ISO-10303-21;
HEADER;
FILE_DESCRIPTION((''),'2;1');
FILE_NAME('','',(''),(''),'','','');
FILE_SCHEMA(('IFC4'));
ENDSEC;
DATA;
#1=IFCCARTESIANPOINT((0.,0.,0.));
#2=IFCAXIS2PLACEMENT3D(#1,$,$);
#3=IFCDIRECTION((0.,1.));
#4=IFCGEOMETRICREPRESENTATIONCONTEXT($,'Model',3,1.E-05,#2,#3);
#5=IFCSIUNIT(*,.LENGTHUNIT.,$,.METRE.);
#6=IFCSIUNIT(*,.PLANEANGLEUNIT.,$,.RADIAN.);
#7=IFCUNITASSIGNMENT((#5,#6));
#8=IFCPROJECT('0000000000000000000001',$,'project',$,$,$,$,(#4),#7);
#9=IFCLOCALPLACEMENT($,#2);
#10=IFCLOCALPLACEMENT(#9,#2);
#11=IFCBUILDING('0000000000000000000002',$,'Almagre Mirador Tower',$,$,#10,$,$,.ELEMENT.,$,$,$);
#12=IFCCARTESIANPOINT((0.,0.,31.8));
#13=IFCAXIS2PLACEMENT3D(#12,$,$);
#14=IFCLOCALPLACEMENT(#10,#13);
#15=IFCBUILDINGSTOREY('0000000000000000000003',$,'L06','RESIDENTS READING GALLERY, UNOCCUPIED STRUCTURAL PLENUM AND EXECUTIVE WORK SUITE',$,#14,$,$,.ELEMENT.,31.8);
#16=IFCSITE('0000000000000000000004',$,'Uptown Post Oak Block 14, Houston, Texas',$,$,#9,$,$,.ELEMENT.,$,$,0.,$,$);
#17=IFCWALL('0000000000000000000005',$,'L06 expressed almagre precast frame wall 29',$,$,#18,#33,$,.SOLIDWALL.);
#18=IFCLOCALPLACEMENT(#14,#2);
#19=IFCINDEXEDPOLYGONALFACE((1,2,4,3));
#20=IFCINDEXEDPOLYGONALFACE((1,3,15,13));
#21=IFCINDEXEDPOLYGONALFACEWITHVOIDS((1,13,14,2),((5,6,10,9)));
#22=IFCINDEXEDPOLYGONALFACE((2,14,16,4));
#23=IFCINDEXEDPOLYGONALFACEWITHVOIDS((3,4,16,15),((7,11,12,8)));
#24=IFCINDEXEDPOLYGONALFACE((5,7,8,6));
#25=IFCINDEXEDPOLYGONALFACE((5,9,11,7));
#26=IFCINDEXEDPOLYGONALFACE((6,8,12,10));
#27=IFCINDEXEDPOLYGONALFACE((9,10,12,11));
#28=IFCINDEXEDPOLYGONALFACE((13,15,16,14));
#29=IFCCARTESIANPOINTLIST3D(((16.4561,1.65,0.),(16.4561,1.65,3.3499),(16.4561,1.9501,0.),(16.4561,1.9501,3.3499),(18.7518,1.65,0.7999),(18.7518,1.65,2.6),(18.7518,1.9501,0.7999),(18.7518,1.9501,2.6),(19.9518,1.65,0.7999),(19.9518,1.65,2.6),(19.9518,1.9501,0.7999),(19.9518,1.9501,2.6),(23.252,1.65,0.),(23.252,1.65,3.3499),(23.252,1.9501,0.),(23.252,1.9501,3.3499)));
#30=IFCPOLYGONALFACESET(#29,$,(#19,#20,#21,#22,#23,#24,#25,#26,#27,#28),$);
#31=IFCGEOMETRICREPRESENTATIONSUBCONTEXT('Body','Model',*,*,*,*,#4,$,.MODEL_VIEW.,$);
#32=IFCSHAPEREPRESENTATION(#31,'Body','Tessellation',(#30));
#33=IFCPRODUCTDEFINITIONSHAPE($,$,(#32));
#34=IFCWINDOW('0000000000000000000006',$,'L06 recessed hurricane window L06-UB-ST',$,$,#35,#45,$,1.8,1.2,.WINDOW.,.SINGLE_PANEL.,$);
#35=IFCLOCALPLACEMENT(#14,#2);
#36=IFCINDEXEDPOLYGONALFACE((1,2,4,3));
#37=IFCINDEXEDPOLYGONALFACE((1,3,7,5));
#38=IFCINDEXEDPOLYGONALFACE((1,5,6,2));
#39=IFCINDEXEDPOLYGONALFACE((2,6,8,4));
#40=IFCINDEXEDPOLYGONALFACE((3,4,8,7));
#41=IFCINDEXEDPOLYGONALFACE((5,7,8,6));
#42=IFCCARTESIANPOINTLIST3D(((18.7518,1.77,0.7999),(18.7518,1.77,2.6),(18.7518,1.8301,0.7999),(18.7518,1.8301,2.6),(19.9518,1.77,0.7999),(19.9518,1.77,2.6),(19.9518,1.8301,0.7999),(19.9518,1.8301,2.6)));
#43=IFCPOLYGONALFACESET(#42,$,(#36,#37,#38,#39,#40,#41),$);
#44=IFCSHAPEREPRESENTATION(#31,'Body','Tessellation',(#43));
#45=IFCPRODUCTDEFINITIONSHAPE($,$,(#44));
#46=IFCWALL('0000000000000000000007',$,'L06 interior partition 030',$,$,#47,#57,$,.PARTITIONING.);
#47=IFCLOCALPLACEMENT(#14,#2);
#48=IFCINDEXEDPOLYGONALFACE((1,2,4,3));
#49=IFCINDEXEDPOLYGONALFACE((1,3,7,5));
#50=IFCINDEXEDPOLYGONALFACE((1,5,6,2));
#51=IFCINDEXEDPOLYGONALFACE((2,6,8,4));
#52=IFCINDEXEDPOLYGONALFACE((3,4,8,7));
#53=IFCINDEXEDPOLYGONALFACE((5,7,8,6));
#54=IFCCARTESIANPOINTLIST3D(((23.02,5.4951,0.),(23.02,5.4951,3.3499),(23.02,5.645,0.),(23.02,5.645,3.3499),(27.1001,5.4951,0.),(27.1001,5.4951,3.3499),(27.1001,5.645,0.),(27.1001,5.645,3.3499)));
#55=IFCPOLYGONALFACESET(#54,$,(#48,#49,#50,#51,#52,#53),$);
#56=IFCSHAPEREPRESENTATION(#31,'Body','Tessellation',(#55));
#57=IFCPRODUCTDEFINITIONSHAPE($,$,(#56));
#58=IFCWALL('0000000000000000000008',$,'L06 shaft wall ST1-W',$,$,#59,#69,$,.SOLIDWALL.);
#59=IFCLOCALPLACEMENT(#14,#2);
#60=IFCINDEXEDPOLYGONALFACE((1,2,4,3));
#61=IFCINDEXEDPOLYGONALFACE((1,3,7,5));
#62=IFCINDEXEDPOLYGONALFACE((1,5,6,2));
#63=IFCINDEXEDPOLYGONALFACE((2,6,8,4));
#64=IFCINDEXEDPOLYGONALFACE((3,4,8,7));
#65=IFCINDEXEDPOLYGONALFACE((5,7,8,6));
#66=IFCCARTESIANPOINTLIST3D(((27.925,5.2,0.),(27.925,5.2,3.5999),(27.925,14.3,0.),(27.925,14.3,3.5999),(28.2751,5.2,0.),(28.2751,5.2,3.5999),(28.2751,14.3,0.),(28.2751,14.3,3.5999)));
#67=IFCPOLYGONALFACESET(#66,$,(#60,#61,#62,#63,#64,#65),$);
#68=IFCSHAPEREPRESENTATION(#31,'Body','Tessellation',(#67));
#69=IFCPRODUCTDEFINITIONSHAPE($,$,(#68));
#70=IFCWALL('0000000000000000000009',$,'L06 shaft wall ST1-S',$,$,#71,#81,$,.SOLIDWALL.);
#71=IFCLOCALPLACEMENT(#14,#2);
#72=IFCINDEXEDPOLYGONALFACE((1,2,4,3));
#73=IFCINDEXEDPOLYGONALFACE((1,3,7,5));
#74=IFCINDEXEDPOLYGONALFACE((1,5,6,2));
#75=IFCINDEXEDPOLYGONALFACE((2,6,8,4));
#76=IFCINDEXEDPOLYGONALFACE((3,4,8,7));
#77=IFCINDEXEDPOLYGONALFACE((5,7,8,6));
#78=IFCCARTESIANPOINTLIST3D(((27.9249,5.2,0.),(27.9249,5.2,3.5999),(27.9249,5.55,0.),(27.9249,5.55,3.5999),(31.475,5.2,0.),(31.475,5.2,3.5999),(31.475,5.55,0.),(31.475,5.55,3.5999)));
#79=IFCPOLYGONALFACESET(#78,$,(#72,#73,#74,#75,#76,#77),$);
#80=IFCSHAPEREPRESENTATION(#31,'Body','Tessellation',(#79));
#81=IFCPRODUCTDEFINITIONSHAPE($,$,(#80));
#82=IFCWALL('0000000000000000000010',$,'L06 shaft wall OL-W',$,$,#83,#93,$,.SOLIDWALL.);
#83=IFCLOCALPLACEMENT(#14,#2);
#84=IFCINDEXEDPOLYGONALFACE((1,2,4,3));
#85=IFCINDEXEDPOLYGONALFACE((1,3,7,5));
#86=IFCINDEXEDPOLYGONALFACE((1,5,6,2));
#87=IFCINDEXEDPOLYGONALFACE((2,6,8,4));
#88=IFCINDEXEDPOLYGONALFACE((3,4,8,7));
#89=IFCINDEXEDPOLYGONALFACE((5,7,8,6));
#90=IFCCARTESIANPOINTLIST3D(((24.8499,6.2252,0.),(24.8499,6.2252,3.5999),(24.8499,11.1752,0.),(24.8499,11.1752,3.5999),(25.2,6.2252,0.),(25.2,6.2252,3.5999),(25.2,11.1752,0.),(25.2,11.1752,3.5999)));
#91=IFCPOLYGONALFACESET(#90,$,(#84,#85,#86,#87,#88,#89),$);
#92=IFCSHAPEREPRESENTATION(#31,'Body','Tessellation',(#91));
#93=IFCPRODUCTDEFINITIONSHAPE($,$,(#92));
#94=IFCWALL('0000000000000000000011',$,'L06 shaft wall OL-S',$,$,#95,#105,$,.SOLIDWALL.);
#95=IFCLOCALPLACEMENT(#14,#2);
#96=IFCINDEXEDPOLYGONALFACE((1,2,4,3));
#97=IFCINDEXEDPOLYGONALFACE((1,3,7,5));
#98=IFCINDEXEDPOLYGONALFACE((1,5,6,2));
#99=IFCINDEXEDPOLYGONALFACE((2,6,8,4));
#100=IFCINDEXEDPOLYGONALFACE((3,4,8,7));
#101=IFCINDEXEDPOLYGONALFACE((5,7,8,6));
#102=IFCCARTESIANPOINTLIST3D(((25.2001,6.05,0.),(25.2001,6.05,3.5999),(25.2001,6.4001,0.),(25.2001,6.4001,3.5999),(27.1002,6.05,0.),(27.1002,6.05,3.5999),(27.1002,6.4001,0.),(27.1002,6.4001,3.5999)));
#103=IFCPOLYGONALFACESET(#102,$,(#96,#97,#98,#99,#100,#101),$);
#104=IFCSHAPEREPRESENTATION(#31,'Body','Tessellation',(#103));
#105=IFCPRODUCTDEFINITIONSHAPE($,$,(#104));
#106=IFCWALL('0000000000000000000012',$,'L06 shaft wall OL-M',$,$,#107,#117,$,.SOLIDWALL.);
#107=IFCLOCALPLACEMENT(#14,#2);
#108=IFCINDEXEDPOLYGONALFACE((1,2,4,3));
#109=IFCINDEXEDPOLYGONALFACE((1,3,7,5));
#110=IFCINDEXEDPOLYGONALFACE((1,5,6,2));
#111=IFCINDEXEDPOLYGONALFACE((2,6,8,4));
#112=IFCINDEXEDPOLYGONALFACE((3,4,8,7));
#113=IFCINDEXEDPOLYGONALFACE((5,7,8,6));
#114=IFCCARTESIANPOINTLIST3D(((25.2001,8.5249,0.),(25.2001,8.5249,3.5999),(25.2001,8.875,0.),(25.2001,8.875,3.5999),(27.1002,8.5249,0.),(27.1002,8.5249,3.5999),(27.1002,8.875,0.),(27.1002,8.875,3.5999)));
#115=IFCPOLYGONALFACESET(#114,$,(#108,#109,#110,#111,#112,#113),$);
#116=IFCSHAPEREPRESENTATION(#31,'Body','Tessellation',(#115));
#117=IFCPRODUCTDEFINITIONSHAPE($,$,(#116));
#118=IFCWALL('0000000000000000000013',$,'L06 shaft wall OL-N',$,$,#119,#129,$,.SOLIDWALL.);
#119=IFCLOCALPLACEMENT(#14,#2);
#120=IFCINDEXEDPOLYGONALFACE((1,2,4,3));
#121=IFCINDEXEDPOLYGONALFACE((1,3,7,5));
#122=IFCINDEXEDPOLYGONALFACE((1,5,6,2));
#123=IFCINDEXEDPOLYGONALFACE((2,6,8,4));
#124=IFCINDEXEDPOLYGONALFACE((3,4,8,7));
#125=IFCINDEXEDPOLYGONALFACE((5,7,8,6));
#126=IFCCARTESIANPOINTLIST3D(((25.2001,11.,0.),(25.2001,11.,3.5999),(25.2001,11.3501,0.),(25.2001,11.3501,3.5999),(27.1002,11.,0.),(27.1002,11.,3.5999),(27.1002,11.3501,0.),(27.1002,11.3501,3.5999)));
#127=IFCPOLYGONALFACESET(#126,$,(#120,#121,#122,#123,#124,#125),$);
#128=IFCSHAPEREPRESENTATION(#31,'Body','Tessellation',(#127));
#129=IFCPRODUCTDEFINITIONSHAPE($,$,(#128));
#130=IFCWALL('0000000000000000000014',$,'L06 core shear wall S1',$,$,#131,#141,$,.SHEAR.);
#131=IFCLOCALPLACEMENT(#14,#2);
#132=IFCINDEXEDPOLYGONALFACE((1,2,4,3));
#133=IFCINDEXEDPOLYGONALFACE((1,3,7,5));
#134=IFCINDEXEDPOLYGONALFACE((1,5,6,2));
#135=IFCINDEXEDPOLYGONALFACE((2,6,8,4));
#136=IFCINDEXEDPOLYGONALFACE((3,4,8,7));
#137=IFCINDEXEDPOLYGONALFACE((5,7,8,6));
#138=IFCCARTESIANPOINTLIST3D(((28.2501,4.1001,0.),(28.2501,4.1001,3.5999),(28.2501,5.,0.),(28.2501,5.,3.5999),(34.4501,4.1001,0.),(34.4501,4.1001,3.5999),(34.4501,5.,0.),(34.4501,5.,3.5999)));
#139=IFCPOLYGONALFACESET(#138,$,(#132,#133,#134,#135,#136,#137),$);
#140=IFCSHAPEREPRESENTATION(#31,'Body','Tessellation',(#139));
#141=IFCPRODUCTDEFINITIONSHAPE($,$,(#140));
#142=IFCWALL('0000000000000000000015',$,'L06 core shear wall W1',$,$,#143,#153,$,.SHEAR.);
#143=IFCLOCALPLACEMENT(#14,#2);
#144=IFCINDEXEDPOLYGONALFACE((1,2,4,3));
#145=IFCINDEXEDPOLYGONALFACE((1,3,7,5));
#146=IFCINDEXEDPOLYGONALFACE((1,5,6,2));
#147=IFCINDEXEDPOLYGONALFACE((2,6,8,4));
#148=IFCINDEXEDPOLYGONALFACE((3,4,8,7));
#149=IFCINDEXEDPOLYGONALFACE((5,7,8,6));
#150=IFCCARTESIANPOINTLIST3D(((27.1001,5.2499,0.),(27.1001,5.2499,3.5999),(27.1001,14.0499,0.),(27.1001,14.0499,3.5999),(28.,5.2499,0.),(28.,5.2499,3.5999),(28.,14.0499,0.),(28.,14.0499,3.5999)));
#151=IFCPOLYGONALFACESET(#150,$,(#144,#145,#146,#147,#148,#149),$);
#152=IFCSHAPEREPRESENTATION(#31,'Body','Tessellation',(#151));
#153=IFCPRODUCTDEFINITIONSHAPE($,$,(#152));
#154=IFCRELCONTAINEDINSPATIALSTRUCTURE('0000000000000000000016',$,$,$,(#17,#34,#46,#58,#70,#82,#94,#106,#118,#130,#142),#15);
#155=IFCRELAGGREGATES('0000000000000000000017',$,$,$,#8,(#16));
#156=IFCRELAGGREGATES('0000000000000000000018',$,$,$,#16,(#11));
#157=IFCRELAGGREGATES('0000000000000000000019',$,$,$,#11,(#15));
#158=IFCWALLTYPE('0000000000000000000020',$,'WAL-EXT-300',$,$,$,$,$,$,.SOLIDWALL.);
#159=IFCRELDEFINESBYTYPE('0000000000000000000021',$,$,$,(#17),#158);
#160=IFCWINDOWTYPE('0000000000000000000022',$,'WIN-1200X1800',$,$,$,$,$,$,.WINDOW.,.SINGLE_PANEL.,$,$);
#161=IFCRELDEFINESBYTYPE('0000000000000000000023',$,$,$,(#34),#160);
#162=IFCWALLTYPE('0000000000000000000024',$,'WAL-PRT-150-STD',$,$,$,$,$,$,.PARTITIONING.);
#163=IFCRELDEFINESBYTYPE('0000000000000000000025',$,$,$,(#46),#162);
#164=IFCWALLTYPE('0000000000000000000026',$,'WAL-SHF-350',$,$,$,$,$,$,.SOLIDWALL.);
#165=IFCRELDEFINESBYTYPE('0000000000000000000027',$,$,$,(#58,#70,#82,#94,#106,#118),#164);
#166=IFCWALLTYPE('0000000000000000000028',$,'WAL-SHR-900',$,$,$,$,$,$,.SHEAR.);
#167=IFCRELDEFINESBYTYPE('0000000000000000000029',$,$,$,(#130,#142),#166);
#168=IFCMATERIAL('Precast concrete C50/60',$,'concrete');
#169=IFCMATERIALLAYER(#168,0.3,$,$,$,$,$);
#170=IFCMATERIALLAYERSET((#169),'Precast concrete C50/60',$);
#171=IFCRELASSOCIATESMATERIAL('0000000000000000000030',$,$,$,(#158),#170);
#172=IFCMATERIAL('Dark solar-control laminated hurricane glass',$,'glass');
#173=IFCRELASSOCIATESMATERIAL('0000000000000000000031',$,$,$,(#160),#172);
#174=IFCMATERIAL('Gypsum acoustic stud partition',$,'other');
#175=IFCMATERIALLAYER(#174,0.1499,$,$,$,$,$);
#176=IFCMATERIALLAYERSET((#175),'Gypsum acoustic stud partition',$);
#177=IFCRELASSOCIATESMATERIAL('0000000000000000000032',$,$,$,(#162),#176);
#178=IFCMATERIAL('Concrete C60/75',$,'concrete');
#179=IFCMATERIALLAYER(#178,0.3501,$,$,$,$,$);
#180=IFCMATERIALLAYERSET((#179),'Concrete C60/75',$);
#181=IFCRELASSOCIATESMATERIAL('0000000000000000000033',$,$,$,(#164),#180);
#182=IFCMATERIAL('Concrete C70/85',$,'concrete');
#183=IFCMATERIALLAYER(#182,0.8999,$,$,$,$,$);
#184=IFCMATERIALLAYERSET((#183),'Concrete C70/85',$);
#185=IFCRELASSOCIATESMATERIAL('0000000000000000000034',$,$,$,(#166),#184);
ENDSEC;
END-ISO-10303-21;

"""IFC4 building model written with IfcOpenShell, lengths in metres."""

from ifc_helpers import new_model, si_unit, direction, frame, frame_2d, origin, place, context, subcontext, project, spatial, rectangle, extrude, material, layer, layer_set, type_object, element, fill, save


model = new_model("IFC4")

# Units and contexts
model_context = context("Model", 3, precision=1e-05, world=origin(), true_north=direction((0.0, 1.0)))
body_context = subcontext(model_context, "Body", "Model", "MODEL_VIEW")
ifc_project = project(units=[si_unit("LENGTHUNIT", "METRE"), si_unit("PLANEANGLEUNIT", "RADIAN")], contexts=[model_context])

# Site, building, storey
site_placement = place(None, origin())
site = spatial("IfcSite", under=ifc_project, at=site_placement, Name="Uptown Post Oak Block 14, Houston, Texas", CompositionType="ELEMENT", RefElevation=0.0)
building_placement = place(site_placement, origin())
building = spatial("IfcBuilding", under=site, at=building_placement, Name="Almagre Mirador Tower", CompositionType="ELEMENT")
storey_placement = place(building_placement, frame((0.0, 0.0, 31.8)))
storey = spatial("IfcBuildingStorey", under=building, at=storey_placement, Name="L06", Description="RESIDENTS READING GALLERY, UNOCCUPIED STRUCTURAL PLENUM AND EXECUTIVE WORK SUITE", CompositionType="ELEMENT", Elevation=31.8)

# Wall, opening, window
ifc_material_1 = material(Name="Precast concrete C50/60", Category="concrete")
ifc_layer_1 = layer(ifc_material_1, 0.3)
ifc_layer_set_1 = layer_set([ifc_layer_1], Name="Precast concrete C50/60")
wall_type_1 = type_object("IfcWallType", Name="WAL-EXT-300", PredefinedType="SOLIDWALL", material=ifc_layer_set_1)
wall_1_placement = place(storey_placement, frame((23.252, 1.8, 0.0), z_axis=(0.0, 0.0, 1.0), x_axis=(-1.0, 0.0, 0.0)))
wall_1 = element("IfcWall", 1, at=wall_1_placement, inside=storey, type_object=wall_type_1, Name="L06 expressed almagre precast frame wall 29", PredefinedType="SOLIDWALL", context=body_context, shape_type="SweptSolid", body=[
    extrude(rectangle(XDim=6.7959, YDim=0.3, at=frame_2d((3.3979, 0.0))), origin(), (0.0, 0.0, 1.0), 3.3499),
])
opening_placement = place(wall_1_placement, frame((3.3, 0.0, 0.8)))
opening = element("IfcOpeningElement", 2, at=opening_placement, cuts=wall_1, PredefinedType="OPENING", context=body_context, shape_type="SweptSolid", body=[
    extrude(rectangle(XDim=1.2, YDim=1.8, at=frame_2d((0.6001, 0.8999))), frame((0.0, 0.1599, 0.0), z_axis=(0.0, -1.0, 0.0), x_axis=(1.0, 0.0, 0.0)), (0.0, 0.0, 1.0), 0.32),
])
ifc_material_2 = material(Name="Dark solar-control laminated hurricane glass", Category="glass")
window_type = type_object("IfcWindowType", Name="WIN-1200X1800", PartitioningType="SINGLE_PANEL", PredefinedType="WINDOW", material=ifc_material_2)
window_placement = place(opening_placement, origin())
window = element("IfcWindow", 3, at=window_placement, inside=storey, type_object=window_type, Name="L06 recessed hurricane window L06-UB-ST", OverallHeight=1.8, OverallWidth=1.2, PartitioningType="SINGLE_PANEL", PredefinedType="WINDOW", context=body_context, shape_type="SweptSolid", body=[
    extrude(rectangle(XDim=1.2, YDim=1.8, at=frame_2d((0.6001, 0.8999))), frame((0.0, 0.03, 0.0), z_axis=(0.0, -1.0, 0.0), x_axis=(1.0, 0.0, 0.0)), (0.0, 0.0, 1.0), 0.0601),
])
fill(opening, window)

# Walls
ifc_material_3 = material(Name="Gypsum acoustic stud partition", Category="other")
ifc_layer_2 = layer(ifc_material_3, 0.1499)
ifc_layer_set_2 = layer_set([ifc_layer_2], Name="Gypsum acoustic stud partition")
wall_type_2 = type_object("IfcWallType", Name="WAL-PRT-150-STD", PredefinedType="PARTITIONING", material=ifc_layer_set_2)
wall_2_placement = place(storey_placement, frame((23.02, 5.5701, 0.0), z_axis=(0.0, 0.0, 1.0), x_axis=(1.0, 0.0, 0.0)))
element("IfcWall", 4, at=wall_2_placement, inside=storey, type_object=wall_type_2, Name="L06 interior partition 030", PredefinedType="PARTITIONING", context=body_context, shape_type="SweptSolid", body=[
    extrude(rectangle(XDim=4.0801, YDim=0.1499, at=frame_2d((2.04, 0.0))), origin(), (0.0, 0.0, 1.0), 3.3499),
])
ifc_material_4 = material(Name="Concrete C60/75", Category="concrete")
ifc_layer_3 = layer(ifc_material_4, 0.3501)
ifc_layer_set_3 = layer_set([ifc_layer_3], Name="Concrete C60/75")
wall_type_3 = type_object("IfcWallType", Name="WAL-SHF-350", PredefinedType="SOLIDWALL", material=ifc_layer_set_3)
wall_3_placement = place(storey_placement, frame((28.1001, 5.2, 0.0), z_axis=(0.0, 0.0, 1.0), x_axis=(0.0, 1.0, 0.0)))
element("IfcWall", 5, at=wall_3_placement, inside=storey, type_object=wall_type_3, Name="L06 shaft wall ST1-W", PredefinedType="SOLIDWALL", context=body_context, shape_type="SweptSolid", body=[
    extrude(rectangle(XDim=9.1001, YDim=0.3501, at=frame_2d((4.55, 0.0))), origin(), (0.0, 0.0, 1.0), 3.5999),
])
wall_4_placement = place(storey_placement, frame((27.925, 5.375, 0.0), z_axis=(0.0, 0.0, 1.0), x_axis=(1.0, 0.0, 0.0)))
element("IfcWall", 6, at=wall_4_placement, inside=storey, type_object=wall_type_3, Name="L06 shaft wall ST1-S", PredefinedType="SOLIDWALL", context=body_context, shape_type="SweptSolid", body=[
    extrude(rectangle(XDim=3.55, YDim=0.3501, at=frame_2d((1.7749, 0.0))), origin(), (0.0, 0.0, 1.0), 3.5999),
])
wall_5_placement = place(storey_placement, frame((25.0249, 6.2251, 0.0), z_axis=(0.0, 0.0, 1.0), x_axis=(0.0, 1.0, 0.0)))
element("IfcWall", 7, at=wall_5_placement, inside=storey, type_object=wall_type_3, Name="L06 shaft wall OL-W", PredefinedType="SOLIDWALL", context=body_context, shape_type="SweptSolid", body=[
    extrude(rectangle(XDim=4.95, YDim=0.3501, at=frame_2d((2.4751, 0.0))), origin(), (0.0, 0.0, 1.0), 3.5999),
])
for number, where, z_axis, x_axis, name in (
    (8, (25.2, 6.2251, 0.0), (0.0, 0.0, 1.0), (1.0, 0.0, 0.0), "L06 shaft wall OL-S"),
    (9, (25.2, 8.7, 0.0), (0.0, 0.0, 1.0), (1.0, 0.0, 0.0), "L06 shaft wall OL-M"),
    (10, (25.2, 11.175, 0.0), (0.0, 0.0, 1.0), (1.0, 0.0, 0.0), "L06 shaft wall OL-N"),
):
    element("IfcWall", number, at=place(storey_placement, frame(where, z_axis=z_axis, x_axis=x_axis)), inside=storey, type_object=wall_type_3, Name=name, PredefinedType="SOLIDWALL", context=body_context, shape_type="SweptSolid", body=[
        extrude(rectangle(XDim=1.9001, YDim=0.3501, at=frame_2d((0.9502, 0.0))), origin(), (0.0, 0.0, 1.0), 3.5999),
    ])
ifc_material_5 = material(Name="Concrete C70/85", Category="concrete")
ifc_layer_4 = layer(ifc_material_5, 0.8999)
ifc_layer_set_4 = layer_set([ifc_layer_4], Name="Concrete C70/85")
wall_type_4 = type_object("IfcWallType", Name="WAL-SHR-900", PredefinedType="SHEAR", material=ifc_layer_set_4)
wall_6_placement = place(storey_placement, frame((28.25, 4.55, 0.0), z_axis=(0.0, 0.0, 1.0), x_axis=(1.0, 0.0, 0.0)))
element("IfcWall", 11, at=wall_6_placement, inside=storey, type_object=wall_type_4, Name="L06 core shear wall S1", PredefinedType="SHEAR", context=body_context, shape_type="SweptSolid", body=[
    extrude(rectangle(XDim=6.2, YDim=0.8999, at=frame_2d((3.1001, 0.0))), origin(), (0.0, 0.0, 1.0), 3.5999),
])
wall_7_placement = place(storey_placement, frame((27.55, 5.25, 0.0), z_axis=(0.0, 0.0, 1.0), x_axis=(0.0, 1.0, 0.0)))
element("IfcWall", 12, at=wall_7_placement, inside=storey, type_object=wall_type_4, Name="L06 core shear wall W1", PredefinedType="SHEAR", context=body_context, shape_type="SweptSolid", body=[
    extrude(rectangle(XDim=8.8, YDim=0.8999, at=frame_2d((4.3999, 0.0))), origin(), (0.0, 0.0, 1.0), 3.5999),
])

save(model, "model.ifc")
